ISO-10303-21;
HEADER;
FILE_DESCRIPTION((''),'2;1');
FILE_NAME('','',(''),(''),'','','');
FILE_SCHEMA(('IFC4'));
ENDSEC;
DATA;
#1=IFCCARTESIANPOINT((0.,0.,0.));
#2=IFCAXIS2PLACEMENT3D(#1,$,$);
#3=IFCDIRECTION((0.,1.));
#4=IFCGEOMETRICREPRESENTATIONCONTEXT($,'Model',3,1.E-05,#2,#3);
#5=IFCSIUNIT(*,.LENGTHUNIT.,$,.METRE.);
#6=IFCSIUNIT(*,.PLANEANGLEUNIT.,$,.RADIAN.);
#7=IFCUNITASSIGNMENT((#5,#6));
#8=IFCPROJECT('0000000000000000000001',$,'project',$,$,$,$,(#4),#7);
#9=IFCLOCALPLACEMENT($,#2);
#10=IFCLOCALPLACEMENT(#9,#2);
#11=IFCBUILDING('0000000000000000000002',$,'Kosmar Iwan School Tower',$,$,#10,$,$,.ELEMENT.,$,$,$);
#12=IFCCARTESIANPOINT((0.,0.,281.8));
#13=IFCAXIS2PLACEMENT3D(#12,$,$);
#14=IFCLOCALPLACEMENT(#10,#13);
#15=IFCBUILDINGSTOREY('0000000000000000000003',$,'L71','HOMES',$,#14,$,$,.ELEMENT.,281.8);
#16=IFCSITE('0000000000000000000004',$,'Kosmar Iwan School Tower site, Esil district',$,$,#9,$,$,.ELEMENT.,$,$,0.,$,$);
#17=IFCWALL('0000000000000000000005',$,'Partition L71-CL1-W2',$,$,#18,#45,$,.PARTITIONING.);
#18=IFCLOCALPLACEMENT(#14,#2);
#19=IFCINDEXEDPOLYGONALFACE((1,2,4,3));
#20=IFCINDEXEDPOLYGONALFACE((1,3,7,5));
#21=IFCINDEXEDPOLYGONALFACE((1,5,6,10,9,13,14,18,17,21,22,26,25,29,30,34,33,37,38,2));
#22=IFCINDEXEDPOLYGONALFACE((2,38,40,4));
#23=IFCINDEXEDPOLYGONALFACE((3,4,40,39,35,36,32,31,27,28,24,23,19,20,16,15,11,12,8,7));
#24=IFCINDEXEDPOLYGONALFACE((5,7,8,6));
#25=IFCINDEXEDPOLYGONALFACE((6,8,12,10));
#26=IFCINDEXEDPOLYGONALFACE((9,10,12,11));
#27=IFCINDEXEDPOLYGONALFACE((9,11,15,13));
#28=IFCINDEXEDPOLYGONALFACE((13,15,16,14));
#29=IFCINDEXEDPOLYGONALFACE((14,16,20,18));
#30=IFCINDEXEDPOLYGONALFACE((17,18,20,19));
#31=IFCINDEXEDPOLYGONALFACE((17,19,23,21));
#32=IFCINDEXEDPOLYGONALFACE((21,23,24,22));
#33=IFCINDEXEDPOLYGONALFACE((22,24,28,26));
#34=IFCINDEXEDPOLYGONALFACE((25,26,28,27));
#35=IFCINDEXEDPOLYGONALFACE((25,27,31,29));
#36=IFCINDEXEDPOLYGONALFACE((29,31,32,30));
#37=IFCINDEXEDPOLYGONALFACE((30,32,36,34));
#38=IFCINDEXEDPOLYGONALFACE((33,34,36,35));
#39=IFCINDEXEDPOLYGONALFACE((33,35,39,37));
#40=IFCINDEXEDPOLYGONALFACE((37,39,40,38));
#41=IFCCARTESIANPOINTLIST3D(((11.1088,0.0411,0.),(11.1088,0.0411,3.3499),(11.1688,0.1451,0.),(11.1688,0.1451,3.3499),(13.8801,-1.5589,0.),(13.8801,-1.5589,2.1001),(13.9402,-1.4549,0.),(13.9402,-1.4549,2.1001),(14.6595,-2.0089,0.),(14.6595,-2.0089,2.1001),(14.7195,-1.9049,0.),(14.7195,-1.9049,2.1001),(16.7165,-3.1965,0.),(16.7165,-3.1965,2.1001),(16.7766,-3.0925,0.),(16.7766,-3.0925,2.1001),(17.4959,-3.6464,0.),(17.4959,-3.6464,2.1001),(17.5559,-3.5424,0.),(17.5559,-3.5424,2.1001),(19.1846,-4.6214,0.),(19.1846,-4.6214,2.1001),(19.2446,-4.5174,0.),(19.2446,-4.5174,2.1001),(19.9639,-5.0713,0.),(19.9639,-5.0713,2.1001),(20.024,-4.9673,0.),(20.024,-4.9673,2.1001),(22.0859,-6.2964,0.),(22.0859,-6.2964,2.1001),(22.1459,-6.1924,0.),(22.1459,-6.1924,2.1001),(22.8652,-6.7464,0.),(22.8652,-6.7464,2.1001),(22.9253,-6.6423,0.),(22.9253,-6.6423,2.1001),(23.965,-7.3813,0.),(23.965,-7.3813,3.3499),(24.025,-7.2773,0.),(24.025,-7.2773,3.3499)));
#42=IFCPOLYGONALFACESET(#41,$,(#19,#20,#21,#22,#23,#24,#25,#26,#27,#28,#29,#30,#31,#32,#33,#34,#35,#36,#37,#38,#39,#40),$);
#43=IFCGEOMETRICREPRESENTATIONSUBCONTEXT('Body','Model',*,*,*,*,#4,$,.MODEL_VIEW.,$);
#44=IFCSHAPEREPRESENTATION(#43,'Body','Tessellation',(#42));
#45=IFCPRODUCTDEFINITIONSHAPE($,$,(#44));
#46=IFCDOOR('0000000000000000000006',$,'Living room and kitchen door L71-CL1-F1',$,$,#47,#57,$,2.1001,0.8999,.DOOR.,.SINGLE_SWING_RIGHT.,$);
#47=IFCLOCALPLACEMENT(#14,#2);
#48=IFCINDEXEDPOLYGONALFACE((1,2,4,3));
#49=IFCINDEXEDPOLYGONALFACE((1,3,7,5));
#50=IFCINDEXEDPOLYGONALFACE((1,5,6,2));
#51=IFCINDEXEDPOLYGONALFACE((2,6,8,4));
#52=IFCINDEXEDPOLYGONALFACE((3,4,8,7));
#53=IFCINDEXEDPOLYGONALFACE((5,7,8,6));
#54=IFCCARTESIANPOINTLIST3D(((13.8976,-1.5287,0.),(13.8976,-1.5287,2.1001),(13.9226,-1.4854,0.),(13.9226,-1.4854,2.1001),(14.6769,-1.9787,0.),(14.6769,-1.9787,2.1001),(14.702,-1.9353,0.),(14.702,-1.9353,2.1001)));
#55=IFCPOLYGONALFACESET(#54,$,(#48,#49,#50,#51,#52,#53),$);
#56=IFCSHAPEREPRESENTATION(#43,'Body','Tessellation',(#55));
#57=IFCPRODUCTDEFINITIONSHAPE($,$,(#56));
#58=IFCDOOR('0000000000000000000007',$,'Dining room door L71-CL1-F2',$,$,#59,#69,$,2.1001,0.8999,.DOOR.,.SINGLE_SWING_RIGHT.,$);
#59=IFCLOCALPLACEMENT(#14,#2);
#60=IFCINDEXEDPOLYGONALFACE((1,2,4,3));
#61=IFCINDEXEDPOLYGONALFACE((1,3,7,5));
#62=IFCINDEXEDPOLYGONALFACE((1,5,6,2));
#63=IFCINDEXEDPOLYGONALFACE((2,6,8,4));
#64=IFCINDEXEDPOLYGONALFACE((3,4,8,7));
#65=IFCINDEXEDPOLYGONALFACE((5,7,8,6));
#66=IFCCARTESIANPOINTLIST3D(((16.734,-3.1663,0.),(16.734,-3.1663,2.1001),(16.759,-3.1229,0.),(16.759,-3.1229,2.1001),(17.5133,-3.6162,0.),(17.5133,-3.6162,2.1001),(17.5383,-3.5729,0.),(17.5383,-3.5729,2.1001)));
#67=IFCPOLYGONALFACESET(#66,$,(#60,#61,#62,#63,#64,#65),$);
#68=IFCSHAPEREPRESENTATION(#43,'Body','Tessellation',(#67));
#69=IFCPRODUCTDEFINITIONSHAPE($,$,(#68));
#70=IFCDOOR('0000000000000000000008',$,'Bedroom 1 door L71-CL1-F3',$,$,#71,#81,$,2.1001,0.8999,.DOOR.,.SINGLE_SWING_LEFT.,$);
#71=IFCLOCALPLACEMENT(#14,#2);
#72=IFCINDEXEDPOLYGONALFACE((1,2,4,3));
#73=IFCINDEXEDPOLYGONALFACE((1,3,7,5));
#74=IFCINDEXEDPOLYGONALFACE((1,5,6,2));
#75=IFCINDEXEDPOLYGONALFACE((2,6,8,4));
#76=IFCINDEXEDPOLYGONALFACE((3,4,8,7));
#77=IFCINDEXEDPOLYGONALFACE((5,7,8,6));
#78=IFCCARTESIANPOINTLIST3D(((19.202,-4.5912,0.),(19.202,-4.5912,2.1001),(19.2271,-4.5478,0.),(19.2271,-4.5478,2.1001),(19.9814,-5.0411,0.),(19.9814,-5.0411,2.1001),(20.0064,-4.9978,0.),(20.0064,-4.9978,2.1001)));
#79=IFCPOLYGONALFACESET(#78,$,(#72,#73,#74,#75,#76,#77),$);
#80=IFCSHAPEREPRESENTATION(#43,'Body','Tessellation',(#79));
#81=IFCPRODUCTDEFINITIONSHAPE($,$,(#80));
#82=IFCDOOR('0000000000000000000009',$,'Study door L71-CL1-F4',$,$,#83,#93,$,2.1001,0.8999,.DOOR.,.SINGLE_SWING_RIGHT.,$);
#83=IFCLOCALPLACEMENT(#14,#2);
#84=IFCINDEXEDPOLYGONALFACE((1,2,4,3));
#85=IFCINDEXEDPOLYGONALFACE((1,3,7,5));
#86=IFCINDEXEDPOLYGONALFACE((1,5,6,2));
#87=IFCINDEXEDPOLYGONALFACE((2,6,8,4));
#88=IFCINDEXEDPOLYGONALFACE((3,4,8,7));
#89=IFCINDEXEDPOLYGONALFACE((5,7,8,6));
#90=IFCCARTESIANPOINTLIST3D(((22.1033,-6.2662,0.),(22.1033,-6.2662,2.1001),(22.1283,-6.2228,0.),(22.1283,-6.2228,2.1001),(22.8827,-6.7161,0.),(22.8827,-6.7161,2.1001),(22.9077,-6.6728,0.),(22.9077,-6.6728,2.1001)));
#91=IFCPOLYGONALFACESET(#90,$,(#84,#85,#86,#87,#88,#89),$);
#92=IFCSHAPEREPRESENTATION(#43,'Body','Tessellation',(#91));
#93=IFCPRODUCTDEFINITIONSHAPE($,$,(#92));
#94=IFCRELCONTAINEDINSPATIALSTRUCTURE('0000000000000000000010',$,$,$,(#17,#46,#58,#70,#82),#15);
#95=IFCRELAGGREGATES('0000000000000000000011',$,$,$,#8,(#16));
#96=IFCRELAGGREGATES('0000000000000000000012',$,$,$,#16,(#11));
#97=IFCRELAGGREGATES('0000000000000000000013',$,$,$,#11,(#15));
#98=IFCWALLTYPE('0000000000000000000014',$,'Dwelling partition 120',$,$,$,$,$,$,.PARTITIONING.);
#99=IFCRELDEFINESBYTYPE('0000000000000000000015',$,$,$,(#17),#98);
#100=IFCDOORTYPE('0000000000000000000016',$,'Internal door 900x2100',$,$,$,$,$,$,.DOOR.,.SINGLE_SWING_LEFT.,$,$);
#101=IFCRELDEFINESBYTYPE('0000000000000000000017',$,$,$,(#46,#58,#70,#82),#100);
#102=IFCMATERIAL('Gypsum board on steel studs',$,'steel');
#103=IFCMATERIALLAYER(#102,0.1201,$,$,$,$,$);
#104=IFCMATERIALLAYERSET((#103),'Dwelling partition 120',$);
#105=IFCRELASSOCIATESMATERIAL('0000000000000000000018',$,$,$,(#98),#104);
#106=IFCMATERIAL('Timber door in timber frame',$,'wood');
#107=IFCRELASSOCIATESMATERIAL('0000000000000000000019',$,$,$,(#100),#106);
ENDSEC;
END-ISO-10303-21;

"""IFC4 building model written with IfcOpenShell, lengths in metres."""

from ifc_helpers import new_model, si_unit, direction, frame, frame_2d, origin, place, context, subcontext, project, spatial, rectangle, extrude, material, layer, layer_set, type_object, element, fill, save


model = new_model("IFC4")

# Units and contexts
model_context = context("Model", 3, precision=1e-05, world=origin(), true_north=direction((0.0, 1.0)))
body_context = subcontext(model_context, "Body", "Model", "MODEL_VIEW")
ifc_project = project(units=[si_unit("LENGTHUNIT", "METRE"), si_unit("PLANEANGLEUNIT", "RADIAN")], contexts=[model_context])

# Site, building, storey
site_placement = place(None, origin())
site = spatial("IfcSite", under=ifc_project, at=site_placement, Name="Kosmar Iwan School Tower site, Esil district", CompositionType="ELEMENT", RefElevation=0.0)
building_placement = place(site_placement, origin())
building = spatial("IfcBuilding", under=site, at=building_placement, Name="Kosmar Iwan School Tower", CompositionType="ELEMENT")
storey_placement = place(building_placement, frame((0.0, 0.0, 281.8)))
storey = spatial("IfcBuildingStorey", under=building, at=storey_placement, Name="L71", Description="HOMES", CompositionType="ELEMENT", Elevation=281.8)

# Wall, openings, doors
ifc_material_1 = material(Name="Gypsum board on steel studs", Category="steel")
ifc_layer_1 = layer(ifc_material_1, 0.1201)
ifc_layer_set_1 = layer_set([ifc_layer_1], Name="Dwelling partition 120")
wall_type_1 = type_object("IfcWallType", Name="Dwelling partition 120", PredefinedType="PARTITIONING", material=ifc_layer_set_1)
wall_1_placement = place(storey_placement, frame((11.1389, 0.093, 0.0), z_axis=(0.0, 0.0, 1.0), x_axis=(0.86603, -0.499992, 0.0)))
wall_1 = element("IfcWall", 1, at=wall_1_placement, inside=storey, type_object=wall_type_1, Name="Partition L71-CL1-W2", PredefinedType="PARTITIONING", context=body_context, shape_type="SweptSolid", body=[
    extrude(rectangle(XDim=14.845, YDim=0.1201, at=frame_2d((7.4224, 0.0))), origin(), (0.0, 0.0, 1.0), 3.3499),
])
opening_1_placement = place(wall_1_placement, frame((3.2, 0.0, 0.0)))
opening_1 = element("IfcOpeningElement", 2, at=opening_1_placement, cuts=wall_1, PredefinedType="OPENING", context=body_context, shape_type="SweptSolid", body=[
    extrude(rectangle(XDim=0.8999, YDim=2.1001, at=frame_2d((0.45, 1.05))), frame((0.0, 0.072, 0.0), z_axis=(0.0, -1.0, 0.0), x_axis=(1.0, 0.0, 0.0)), (0.0, 0.0, 1.0), 0.144),
])
opening_2_placement = place(wall_1_placement, frame((6.4751, 0.0, 0.0)))
opening_2 = element("IfcOpeningElement", 3, at=opening_2_placement, cuts=wall_1, PredefinedType="OPENING", context=body_context, shape_type="SweptSolid", body=[
    extrude(rectangle(XDim=0.8999, YDim=2.1001, at=frame_2d((0.45, 1.05))), frame((0.0, 0.072, 0.0), z_axis=(0.0, -1.0, 0.0), x_axis=(1.0, 0.0, 0.0)), (0.0, 0.0, 1.0), 0.144),
])
opening_3_placement = place(wall_1_placement, frame((9.325, 0.0, 0.0)))
opening_3 = element("IfcOpeningElement", 4, at=opening_3_placement, cuts=wall_1, PredefinedType="OPENING", context=body_context, shape_type="SweptSolid", body=[
    extrude(rectangle(XDim=0.8999, YDim=2.1001, at=frame_2d((0.45, 1.05))), frame((0.0, 0.072, 0.0), z_axis=(0.0, -1.0, 0.0), x_axis=(1.0, 0.0, 0.0)), (0.0, 0.0, 1.0), 0.144),
])
opening_4_placement = place(wall_1_placement, frame((12.675, 0.0, 0.0)))
opening_4 = element("IfcOpeningElement", 5, at=opening_4_placement, cuts=wall_1, PredefinedType="OPENING", context=body_context, shape_type="SweptSolid", body=[
    extrude(rectangle(XDim=0.8999, YDim=2.1001, at=frame_2d((0.45, 1.05))), frame((0.0, 0.072, 0.0), z_axis=(0.0, -1.0, 0.0), x_axis=(1.0, 0.0, 0.0)), (0.0, 0.0, 1.0), 0.144),
])
ifc_material_2 = material(Name="Timber door in timber frame", Category="wood")
door_type = type_object("IfcDoorType", Name="Internal door 900x2100", OperationType="SINGLE_SWING_LEFT", PredefinedType="DOOR", material=ifc_material_2)
door_1_placement = place(opening_1_placement, origin())
door_1 = element("IfcDoor", 6, at=door_1_placement, inside=storey, type_object=door_type, Name="Living room and kitchen door L71-CL1-F1", OperationType="SINGLE_SWING_RIGHT", OverallHeight=2.1001, OverallWidth=0.8999, PredefinedType="DOOR", context=body_context, shape_type="SweptSolid", body=[
    extrude(rectangle(XDim=0.8999, YDim=2.1001, at=frame_2d((0.45, 1.05))), frame((0.0, 0.0249, 0.0), z_axis=(0.0, -1.0, 0.0), x_axis=(1.0, 0.0, 0.0)), (0.0, 0.0, 1.0), 0.05),
])
fill(opening_1, door_1)
door_2_placement = place(opening_2_placement, origin())
door_2 = element("IfcDoor", 7, at=door_2_placement, inside=storey, type_object=door_type, Name="Dining room door L71-CL1-F2", OperationType="SINGLE_SWING_RIGHT", OverallHeight=2.1001, OverallWidth=0.8999, PredefinedType="DOOR", context=body_context, shape_type="SweptSolid", body=[
    extrude(rectangle(XDim=0.8999, YDim=2.1001, at=frame_2d((0.45, 1.05))), frame((0.0, 0.0249, 0.0), z_axis=(0.0, -1.0, 0.0), x_axis=(1.0, 0.0, 0.0)), (0.0, 0.0, 1.0), 0.05),
])
fill(opening_2, door_2)
door_3_placement = place(opening_3_placement, origin())
door_3 = element("IfcDoor", 8, at=door_3_placement, inside=storey, type_object=door_type, Name="Bedroom 1 door L71-CL1-F3", OperationType="SINGLE_SWING_LEFT", OverallHeight=2.1001, OverallWidth=0.8999, PredefinedType="DOOR", context=body_context, shape_type="SweptSolid", body=[
    extrude(rectangle(XDim=0.8999, YDim=2.1001, at=frame_2d((0.45, 1.05))), frame((0.0, 0.0249, 0.0), z_axis=(0.0, -1.0, 0.0), x_axis=(1.0, 0.0, 0.0)), (0.0, 0.0, 1.0), 0.05),
])
fill(opening_3, door_3)
door_4_placement = place(opening_4_placement, origin())
door_4 = element("IfcDoor", 9, at=door_4_placement, inside=storey, type_object=door_type, Name="Study door L71-CL1-F4", OperationType="SINGLE_SWING_RIGHT", OverallHeight=2.1001, OverallWidth=0.8999, PredefinedType="DOOR", context=body_context, shape_type="SweptSolid", body=[
    extrude(rectangle(XDim=0.8999, YDim=2.1001, at=frame_2d((0.45, 1.05))), frame((0.0, 0.0249, 0.0), z_axis=(0.0, -1.0, 0.0), x_axis=(1.0, 0.0, 0.0)), (0.0, 0.0, 1.0), 0.05),
])
fill(opening_4, door_4)

save(model, "model.ifc")
